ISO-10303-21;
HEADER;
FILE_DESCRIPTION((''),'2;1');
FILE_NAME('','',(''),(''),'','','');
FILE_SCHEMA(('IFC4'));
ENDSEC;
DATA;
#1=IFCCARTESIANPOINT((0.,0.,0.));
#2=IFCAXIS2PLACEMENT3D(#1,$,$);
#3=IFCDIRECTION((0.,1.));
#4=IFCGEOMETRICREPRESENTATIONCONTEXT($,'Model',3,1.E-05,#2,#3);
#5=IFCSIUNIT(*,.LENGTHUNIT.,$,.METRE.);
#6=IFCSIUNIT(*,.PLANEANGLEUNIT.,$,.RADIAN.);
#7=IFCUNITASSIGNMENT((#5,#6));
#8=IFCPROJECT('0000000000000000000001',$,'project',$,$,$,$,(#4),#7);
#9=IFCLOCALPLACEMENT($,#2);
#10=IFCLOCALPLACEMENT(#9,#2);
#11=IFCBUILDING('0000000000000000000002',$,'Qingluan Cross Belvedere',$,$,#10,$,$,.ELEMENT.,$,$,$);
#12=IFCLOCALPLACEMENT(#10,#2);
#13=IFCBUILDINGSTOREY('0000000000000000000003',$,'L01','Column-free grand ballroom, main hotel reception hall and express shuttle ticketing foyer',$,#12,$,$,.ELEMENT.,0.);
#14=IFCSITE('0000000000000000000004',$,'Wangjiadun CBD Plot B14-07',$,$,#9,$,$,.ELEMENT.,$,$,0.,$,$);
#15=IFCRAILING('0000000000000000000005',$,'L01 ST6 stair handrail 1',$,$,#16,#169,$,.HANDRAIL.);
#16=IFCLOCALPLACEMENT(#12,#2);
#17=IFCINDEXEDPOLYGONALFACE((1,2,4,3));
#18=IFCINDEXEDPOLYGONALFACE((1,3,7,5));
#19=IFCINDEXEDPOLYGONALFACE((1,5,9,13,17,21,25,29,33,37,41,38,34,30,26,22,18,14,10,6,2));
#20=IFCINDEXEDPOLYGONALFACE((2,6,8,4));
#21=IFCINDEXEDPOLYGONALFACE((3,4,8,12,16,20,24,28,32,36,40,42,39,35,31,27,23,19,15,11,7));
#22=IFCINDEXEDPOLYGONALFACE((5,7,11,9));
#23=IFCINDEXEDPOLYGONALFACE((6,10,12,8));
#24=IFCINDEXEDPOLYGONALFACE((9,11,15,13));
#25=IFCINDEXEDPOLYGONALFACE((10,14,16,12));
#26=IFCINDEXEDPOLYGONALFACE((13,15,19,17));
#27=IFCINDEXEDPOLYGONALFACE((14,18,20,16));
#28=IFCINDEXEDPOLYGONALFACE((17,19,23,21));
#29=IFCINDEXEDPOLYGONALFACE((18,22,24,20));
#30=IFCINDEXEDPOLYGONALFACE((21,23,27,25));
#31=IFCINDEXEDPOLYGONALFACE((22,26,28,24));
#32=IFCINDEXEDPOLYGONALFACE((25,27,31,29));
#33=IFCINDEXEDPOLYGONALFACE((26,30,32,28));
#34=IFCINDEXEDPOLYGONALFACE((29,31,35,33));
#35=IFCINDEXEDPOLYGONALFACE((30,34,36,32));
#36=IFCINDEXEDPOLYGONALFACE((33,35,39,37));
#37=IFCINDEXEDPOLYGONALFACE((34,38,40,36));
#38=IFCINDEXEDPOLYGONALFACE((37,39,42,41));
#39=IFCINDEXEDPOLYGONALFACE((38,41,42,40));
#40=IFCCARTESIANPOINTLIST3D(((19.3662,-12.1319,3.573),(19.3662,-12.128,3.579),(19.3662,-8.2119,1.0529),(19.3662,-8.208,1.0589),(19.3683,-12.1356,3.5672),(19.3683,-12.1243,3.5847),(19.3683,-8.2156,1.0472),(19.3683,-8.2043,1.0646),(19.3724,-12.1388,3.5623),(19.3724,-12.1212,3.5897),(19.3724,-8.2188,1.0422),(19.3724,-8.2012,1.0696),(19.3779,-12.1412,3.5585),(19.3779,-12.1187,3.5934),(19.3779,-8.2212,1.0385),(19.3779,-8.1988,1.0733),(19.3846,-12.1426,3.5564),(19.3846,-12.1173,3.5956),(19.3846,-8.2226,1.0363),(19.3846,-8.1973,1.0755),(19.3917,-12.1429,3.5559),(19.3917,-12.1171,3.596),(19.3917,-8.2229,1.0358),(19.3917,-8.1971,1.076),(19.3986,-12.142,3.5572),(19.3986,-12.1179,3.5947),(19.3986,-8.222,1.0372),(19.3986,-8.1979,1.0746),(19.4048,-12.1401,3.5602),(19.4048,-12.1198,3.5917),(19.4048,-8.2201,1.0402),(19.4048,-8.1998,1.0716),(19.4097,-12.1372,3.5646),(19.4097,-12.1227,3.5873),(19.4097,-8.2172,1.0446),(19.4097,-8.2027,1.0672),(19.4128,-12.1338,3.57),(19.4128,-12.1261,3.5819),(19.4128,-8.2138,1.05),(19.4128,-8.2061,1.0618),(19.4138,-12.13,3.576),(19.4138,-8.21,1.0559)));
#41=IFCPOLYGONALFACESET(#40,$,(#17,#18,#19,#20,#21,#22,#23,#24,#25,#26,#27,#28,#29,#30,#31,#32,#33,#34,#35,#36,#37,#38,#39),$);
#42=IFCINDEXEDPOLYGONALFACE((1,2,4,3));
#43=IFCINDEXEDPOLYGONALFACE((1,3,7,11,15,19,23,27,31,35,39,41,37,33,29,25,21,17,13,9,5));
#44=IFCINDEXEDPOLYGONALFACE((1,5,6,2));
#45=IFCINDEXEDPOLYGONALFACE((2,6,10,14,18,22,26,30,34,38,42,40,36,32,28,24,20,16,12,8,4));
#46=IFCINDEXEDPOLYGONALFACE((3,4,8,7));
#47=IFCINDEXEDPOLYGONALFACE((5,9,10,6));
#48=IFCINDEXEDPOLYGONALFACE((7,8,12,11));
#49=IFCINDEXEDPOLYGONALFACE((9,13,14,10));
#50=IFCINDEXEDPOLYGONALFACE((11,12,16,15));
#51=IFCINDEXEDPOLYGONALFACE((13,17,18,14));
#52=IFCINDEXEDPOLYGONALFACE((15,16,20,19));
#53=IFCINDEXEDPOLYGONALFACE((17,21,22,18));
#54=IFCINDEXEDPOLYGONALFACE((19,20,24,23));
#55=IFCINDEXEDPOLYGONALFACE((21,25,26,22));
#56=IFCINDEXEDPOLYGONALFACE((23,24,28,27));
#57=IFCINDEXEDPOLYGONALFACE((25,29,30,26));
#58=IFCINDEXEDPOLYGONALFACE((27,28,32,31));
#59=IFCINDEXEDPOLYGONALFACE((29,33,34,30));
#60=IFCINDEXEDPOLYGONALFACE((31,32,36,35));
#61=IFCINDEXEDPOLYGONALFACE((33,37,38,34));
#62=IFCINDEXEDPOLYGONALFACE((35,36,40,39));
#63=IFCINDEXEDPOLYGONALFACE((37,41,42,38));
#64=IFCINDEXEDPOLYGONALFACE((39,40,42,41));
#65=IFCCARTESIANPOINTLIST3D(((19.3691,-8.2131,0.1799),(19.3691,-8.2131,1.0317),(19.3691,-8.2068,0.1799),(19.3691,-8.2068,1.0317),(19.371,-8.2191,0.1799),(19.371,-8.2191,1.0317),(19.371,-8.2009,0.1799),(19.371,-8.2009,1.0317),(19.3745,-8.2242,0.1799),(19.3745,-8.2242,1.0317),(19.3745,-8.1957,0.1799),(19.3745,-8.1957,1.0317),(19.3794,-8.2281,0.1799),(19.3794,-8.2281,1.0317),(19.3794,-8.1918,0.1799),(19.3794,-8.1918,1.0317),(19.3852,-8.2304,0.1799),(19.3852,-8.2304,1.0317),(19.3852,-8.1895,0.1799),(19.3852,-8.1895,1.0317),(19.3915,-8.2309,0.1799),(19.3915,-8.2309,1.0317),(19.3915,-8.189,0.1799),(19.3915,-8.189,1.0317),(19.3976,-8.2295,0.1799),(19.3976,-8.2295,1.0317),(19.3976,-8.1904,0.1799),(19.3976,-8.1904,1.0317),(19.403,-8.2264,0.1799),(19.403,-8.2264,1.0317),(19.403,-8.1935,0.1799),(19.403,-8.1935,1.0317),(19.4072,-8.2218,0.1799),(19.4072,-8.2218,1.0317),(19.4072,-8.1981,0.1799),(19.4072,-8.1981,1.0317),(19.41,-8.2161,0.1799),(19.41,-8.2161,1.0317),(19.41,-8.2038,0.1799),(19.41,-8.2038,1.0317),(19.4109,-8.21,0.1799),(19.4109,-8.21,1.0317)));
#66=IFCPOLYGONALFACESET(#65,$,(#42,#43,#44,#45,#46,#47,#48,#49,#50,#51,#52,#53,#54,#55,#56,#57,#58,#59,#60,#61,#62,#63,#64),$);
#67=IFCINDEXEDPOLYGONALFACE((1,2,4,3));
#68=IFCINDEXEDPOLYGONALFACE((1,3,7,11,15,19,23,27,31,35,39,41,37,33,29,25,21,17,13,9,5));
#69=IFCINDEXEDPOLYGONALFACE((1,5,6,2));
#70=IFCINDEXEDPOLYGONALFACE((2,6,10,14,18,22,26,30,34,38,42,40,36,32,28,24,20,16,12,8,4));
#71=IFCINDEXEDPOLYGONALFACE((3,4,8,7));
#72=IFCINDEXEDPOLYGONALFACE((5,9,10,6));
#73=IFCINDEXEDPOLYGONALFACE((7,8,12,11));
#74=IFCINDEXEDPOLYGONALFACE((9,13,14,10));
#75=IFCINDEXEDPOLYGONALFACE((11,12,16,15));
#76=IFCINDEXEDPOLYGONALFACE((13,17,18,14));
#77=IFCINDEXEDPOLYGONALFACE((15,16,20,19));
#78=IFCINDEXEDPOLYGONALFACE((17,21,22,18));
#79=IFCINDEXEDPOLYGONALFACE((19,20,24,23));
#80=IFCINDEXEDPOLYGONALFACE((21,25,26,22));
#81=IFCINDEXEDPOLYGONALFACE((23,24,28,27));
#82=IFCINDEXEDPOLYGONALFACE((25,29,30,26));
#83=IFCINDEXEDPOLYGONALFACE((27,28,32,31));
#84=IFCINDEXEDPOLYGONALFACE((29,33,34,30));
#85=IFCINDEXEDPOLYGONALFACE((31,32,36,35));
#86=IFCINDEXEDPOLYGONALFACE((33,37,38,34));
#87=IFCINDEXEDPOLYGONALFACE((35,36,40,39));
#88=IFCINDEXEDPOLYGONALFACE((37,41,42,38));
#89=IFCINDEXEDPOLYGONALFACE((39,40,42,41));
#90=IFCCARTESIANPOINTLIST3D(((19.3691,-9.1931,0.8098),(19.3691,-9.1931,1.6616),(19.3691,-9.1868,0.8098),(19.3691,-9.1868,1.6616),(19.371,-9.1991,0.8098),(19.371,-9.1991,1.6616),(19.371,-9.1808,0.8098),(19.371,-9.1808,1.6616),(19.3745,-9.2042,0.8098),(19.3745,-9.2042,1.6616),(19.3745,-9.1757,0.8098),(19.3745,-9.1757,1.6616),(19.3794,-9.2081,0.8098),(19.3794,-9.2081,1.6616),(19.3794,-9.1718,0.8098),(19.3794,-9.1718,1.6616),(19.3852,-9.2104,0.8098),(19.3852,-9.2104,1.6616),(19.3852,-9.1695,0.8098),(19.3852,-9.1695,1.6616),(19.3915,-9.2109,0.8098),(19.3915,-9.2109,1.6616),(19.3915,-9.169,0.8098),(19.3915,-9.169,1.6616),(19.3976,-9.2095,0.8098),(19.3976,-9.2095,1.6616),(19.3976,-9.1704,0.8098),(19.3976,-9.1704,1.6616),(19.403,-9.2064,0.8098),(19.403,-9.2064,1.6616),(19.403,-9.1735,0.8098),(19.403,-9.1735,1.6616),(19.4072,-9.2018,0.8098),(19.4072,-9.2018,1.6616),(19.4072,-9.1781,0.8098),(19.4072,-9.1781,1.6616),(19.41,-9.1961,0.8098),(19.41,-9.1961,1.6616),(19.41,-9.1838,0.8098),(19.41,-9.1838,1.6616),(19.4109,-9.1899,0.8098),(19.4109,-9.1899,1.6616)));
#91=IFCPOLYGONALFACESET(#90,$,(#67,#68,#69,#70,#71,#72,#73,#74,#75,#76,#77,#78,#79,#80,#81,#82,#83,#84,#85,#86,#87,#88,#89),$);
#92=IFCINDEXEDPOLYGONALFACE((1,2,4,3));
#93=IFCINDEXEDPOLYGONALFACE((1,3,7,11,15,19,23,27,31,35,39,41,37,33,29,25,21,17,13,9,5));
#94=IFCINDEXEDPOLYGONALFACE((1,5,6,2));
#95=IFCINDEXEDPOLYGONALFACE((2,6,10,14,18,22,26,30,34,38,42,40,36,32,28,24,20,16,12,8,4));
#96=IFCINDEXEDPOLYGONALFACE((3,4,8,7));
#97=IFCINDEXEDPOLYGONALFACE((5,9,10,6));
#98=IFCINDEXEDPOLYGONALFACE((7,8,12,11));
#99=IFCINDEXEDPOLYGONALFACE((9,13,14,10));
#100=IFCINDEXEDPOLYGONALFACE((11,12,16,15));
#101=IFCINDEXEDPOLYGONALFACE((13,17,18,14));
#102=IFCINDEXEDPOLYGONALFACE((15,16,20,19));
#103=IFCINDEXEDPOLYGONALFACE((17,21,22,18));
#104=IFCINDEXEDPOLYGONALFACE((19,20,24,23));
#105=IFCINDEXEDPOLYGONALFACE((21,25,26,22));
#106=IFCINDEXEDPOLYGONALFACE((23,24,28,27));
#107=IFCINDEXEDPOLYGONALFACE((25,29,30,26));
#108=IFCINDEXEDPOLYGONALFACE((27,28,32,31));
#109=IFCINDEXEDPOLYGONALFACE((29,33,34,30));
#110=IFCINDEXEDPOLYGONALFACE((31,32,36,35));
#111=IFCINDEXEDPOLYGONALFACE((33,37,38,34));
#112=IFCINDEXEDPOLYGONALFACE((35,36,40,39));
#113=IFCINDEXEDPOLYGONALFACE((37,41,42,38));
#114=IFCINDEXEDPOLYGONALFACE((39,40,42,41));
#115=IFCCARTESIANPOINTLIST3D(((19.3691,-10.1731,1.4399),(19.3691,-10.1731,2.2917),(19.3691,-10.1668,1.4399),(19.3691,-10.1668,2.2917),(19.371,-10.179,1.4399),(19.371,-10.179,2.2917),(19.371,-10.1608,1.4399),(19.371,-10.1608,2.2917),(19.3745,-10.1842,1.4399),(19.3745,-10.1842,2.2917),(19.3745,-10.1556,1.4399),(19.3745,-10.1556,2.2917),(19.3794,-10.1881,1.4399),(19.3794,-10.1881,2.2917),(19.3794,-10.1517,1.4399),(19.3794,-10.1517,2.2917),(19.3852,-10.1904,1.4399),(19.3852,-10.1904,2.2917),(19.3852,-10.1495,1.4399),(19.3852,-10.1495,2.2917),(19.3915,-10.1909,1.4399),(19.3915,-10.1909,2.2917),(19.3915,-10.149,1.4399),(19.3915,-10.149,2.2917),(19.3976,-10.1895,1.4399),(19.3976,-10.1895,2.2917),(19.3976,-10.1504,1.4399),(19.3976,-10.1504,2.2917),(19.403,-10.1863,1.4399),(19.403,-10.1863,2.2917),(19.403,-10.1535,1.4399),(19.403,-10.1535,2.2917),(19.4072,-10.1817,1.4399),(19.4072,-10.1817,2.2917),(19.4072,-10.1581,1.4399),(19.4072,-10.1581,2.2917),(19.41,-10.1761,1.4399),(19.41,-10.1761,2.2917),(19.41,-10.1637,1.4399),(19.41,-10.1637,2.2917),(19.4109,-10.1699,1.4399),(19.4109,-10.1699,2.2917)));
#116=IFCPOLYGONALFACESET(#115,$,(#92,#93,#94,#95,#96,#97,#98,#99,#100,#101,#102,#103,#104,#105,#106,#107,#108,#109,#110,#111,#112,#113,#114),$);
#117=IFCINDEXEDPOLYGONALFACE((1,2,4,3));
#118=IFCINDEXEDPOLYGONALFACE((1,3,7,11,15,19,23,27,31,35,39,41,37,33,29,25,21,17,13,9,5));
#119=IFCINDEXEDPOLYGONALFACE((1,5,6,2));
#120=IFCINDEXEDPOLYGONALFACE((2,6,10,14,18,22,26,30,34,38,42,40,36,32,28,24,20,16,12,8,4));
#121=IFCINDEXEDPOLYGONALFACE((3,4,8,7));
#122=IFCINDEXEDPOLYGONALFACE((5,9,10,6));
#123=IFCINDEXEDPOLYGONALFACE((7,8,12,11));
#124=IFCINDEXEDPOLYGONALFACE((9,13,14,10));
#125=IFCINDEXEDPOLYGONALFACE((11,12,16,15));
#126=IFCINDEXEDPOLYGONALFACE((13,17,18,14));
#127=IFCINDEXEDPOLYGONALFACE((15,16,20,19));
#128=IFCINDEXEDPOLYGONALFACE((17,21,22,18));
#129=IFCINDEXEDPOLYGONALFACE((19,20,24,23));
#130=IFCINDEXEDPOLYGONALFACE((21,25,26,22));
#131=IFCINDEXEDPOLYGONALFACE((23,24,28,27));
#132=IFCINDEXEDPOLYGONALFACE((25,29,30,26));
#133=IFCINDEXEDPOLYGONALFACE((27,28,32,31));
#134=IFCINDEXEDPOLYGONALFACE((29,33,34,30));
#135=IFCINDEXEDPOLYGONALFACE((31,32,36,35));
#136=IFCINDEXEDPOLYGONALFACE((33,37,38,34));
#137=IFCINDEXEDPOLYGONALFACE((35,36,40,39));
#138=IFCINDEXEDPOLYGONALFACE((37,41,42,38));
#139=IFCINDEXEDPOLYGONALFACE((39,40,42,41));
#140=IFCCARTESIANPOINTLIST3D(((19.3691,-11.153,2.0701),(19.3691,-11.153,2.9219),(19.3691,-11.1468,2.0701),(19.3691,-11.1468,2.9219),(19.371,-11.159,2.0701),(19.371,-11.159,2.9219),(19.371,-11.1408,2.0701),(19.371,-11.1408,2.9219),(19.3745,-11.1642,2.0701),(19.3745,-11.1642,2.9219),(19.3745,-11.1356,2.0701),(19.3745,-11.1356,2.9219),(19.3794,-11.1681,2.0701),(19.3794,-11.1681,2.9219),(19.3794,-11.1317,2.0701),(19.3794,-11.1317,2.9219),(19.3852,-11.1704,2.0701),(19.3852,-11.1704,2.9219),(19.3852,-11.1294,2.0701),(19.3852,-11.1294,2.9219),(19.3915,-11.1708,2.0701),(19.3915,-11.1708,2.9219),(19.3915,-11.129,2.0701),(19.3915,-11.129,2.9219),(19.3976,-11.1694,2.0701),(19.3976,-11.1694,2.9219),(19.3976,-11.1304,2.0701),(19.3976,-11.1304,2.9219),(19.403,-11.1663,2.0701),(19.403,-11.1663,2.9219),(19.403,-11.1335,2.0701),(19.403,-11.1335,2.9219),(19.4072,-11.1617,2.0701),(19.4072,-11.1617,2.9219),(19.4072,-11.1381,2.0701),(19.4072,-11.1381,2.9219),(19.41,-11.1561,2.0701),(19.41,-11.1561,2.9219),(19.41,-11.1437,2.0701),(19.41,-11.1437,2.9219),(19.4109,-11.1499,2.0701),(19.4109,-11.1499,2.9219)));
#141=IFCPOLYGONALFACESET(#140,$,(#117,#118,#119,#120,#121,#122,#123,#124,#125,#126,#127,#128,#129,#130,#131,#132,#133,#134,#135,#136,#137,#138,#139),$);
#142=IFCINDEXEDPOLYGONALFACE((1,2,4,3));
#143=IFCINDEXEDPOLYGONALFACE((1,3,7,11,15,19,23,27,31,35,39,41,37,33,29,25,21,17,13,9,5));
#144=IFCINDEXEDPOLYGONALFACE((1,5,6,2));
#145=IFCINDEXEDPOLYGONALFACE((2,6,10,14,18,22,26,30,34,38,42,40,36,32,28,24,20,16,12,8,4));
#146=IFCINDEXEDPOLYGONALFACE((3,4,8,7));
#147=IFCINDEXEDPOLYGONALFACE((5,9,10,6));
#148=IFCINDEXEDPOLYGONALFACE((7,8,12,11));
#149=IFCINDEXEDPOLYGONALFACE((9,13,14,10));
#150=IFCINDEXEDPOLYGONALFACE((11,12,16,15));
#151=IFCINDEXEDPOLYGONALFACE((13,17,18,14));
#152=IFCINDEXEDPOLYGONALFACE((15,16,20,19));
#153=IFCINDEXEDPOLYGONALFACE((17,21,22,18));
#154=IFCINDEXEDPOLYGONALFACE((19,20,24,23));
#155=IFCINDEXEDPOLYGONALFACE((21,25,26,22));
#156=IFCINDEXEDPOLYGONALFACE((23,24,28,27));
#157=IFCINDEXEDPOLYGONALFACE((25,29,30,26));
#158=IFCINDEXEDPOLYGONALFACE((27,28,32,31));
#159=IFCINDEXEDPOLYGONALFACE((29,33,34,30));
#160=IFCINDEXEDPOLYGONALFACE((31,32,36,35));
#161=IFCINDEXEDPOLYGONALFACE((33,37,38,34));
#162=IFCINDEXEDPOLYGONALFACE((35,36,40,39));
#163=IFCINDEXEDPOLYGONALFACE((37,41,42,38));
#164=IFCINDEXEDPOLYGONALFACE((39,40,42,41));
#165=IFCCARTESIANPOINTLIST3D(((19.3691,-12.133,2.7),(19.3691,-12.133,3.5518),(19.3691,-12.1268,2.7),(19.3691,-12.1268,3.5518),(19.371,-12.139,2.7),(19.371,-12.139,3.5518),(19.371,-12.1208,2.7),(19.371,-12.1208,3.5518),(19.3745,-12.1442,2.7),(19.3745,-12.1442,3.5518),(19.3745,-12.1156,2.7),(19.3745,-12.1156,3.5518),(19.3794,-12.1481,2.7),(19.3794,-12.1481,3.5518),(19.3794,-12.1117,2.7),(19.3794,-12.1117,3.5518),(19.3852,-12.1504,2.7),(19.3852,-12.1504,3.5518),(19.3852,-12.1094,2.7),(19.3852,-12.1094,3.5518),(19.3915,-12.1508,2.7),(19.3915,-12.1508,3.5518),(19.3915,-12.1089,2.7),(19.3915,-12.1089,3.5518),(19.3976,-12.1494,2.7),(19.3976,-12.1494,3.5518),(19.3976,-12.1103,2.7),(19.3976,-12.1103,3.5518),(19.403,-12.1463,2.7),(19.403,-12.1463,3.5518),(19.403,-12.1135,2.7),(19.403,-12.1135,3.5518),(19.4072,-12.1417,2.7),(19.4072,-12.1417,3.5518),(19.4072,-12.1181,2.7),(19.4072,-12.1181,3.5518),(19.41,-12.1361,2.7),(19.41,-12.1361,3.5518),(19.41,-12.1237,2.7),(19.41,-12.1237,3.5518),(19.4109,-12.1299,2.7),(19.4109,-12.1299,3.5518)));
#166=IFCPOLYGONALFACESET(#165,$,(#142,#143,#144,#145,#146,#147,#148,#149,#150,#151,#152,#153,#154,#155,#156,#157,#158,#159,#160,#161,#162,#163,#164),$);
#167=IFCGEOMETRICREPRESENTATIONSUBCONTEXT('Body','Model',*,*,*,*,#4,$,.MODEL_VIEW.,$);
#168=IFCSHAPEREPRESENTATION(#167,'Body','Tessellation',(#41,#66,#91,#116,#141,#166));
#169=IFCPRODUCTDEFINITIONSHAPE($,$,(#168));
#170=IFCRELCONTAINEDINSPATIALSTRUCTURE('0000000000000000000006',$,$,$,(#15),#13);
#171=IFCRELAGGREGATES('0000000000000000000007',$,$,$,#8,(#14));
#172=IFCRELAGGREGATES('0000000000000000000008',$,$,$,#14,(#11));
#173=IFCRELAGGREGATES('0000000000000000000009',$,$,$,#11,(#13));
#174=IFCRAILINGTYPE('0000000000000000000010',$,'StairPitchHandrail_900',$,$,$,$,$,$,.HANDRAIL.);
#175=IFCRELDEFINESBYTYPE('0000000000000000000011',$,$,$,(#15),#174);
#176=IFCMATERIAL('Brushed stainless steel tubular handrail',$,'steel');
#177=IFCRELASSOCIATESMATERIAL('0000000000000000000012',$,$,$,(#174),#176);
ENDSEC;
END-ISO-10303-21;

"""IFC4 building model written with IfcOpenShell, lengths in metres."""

from ifc_helpers import new_model, si_unit, direction, frame, origin, origin_2d, place, context, subcontext, project, spatial, circle, extrude, material, type_object, element, save


model = new_model("IFC4")

# Units and contexts
model_context = context("Model", 3, precision=1e-05, world=origin(), true_north=direction((0.0, 1.0)))
body_context = subcontext(model_context, "Body", "Model", "MODEL_VIEW")
ifc_project = project(units=[si_unit("LENGTHUNIT", "METRE"), si_unit("PLANEANGLEUNIT", "RADIAN")], contexts=[model_context])

# Site, building, storey
site_placement = place(None, origin())
site = spatial("IfcSite", under=ifc_project, at=site_placement, Name="Wangjiadun CBD Plot B14-07", CompositionType="ELEMENT", RefElevation=0.0)
building_placement = place(site_placement, origin())
building = spatial("IfcBuilding", under=site, at=building_placement, Name="Qingluan Cross Belvedere", CompositionType="ELEMENT")
storey_placement = place(building_placement, origin())
storey = spatial("IfcBuildingStorey", under=building, at=storey_placement, Name="L01", Description="Column-free grand ballroom, main hotel reception hall and express shuttle ticketing foyer", CompositionType="ELEMENT", Elevation=0.0)

# Railing
ifc_material_1 = material(Name="Brushed stainless steel tubular handrail", Category="steel")
railing_type_1 = type_object("IfcRailingType", Name="StairPitchHandrail_900", PredefinedType="HANDRAIL", material=ifc_material_1)
railing_1_placement = place(storey_placement, frame((19.3899, -8.21, 0.1799)))
element("IfcRailing", 1, at=railing_1_placement, inside=storey, type_object=railing_type_1, Name="L01 ST6 stair handrail 1", PredefinedType="HANDRAIL", context=body_context, shape_type="SweptSolid", body=[
    extrude(circle(Radius=0.0239, at=origin_2d()), frame((0.0, 0.0, 0.876), z_axis=(0.0, -0.841172, 0.540768), x_axis=(1.0, 0.0, 0.0)), (0.0, 0.0, 1.0), 4.6602),
    extrude(circle(Radius=0.021, at=origin_2d()), origin(), (0.0, 0.0, 1.0), 0.8518),
    extrude(circle(Radius=0.021, at=origin_2d()), frame((0.0, -0.98, 0.6299)), (0.0, 0.0, 1.0), 0.8518),
    extrude(circle(Radius=0.021, at=origin_2d()), frame((0.0, -1.96, 1.26)), (0.0, 0.0, 1.0), 0.8518),
    extrude(circle(Radius=0.021, at=origin_2d()), frame((0.0, -2.9399, 1.8901)), (0.0, 0.0, 1.0), 0.8518),
    extrude(circle(Radius=0.021, at=origin_2d()), frame((0.0, -3.9199, 2.52)), (0.0, 0.0, 1.0), 0.8518),
])

save(model, "model.ifc")
